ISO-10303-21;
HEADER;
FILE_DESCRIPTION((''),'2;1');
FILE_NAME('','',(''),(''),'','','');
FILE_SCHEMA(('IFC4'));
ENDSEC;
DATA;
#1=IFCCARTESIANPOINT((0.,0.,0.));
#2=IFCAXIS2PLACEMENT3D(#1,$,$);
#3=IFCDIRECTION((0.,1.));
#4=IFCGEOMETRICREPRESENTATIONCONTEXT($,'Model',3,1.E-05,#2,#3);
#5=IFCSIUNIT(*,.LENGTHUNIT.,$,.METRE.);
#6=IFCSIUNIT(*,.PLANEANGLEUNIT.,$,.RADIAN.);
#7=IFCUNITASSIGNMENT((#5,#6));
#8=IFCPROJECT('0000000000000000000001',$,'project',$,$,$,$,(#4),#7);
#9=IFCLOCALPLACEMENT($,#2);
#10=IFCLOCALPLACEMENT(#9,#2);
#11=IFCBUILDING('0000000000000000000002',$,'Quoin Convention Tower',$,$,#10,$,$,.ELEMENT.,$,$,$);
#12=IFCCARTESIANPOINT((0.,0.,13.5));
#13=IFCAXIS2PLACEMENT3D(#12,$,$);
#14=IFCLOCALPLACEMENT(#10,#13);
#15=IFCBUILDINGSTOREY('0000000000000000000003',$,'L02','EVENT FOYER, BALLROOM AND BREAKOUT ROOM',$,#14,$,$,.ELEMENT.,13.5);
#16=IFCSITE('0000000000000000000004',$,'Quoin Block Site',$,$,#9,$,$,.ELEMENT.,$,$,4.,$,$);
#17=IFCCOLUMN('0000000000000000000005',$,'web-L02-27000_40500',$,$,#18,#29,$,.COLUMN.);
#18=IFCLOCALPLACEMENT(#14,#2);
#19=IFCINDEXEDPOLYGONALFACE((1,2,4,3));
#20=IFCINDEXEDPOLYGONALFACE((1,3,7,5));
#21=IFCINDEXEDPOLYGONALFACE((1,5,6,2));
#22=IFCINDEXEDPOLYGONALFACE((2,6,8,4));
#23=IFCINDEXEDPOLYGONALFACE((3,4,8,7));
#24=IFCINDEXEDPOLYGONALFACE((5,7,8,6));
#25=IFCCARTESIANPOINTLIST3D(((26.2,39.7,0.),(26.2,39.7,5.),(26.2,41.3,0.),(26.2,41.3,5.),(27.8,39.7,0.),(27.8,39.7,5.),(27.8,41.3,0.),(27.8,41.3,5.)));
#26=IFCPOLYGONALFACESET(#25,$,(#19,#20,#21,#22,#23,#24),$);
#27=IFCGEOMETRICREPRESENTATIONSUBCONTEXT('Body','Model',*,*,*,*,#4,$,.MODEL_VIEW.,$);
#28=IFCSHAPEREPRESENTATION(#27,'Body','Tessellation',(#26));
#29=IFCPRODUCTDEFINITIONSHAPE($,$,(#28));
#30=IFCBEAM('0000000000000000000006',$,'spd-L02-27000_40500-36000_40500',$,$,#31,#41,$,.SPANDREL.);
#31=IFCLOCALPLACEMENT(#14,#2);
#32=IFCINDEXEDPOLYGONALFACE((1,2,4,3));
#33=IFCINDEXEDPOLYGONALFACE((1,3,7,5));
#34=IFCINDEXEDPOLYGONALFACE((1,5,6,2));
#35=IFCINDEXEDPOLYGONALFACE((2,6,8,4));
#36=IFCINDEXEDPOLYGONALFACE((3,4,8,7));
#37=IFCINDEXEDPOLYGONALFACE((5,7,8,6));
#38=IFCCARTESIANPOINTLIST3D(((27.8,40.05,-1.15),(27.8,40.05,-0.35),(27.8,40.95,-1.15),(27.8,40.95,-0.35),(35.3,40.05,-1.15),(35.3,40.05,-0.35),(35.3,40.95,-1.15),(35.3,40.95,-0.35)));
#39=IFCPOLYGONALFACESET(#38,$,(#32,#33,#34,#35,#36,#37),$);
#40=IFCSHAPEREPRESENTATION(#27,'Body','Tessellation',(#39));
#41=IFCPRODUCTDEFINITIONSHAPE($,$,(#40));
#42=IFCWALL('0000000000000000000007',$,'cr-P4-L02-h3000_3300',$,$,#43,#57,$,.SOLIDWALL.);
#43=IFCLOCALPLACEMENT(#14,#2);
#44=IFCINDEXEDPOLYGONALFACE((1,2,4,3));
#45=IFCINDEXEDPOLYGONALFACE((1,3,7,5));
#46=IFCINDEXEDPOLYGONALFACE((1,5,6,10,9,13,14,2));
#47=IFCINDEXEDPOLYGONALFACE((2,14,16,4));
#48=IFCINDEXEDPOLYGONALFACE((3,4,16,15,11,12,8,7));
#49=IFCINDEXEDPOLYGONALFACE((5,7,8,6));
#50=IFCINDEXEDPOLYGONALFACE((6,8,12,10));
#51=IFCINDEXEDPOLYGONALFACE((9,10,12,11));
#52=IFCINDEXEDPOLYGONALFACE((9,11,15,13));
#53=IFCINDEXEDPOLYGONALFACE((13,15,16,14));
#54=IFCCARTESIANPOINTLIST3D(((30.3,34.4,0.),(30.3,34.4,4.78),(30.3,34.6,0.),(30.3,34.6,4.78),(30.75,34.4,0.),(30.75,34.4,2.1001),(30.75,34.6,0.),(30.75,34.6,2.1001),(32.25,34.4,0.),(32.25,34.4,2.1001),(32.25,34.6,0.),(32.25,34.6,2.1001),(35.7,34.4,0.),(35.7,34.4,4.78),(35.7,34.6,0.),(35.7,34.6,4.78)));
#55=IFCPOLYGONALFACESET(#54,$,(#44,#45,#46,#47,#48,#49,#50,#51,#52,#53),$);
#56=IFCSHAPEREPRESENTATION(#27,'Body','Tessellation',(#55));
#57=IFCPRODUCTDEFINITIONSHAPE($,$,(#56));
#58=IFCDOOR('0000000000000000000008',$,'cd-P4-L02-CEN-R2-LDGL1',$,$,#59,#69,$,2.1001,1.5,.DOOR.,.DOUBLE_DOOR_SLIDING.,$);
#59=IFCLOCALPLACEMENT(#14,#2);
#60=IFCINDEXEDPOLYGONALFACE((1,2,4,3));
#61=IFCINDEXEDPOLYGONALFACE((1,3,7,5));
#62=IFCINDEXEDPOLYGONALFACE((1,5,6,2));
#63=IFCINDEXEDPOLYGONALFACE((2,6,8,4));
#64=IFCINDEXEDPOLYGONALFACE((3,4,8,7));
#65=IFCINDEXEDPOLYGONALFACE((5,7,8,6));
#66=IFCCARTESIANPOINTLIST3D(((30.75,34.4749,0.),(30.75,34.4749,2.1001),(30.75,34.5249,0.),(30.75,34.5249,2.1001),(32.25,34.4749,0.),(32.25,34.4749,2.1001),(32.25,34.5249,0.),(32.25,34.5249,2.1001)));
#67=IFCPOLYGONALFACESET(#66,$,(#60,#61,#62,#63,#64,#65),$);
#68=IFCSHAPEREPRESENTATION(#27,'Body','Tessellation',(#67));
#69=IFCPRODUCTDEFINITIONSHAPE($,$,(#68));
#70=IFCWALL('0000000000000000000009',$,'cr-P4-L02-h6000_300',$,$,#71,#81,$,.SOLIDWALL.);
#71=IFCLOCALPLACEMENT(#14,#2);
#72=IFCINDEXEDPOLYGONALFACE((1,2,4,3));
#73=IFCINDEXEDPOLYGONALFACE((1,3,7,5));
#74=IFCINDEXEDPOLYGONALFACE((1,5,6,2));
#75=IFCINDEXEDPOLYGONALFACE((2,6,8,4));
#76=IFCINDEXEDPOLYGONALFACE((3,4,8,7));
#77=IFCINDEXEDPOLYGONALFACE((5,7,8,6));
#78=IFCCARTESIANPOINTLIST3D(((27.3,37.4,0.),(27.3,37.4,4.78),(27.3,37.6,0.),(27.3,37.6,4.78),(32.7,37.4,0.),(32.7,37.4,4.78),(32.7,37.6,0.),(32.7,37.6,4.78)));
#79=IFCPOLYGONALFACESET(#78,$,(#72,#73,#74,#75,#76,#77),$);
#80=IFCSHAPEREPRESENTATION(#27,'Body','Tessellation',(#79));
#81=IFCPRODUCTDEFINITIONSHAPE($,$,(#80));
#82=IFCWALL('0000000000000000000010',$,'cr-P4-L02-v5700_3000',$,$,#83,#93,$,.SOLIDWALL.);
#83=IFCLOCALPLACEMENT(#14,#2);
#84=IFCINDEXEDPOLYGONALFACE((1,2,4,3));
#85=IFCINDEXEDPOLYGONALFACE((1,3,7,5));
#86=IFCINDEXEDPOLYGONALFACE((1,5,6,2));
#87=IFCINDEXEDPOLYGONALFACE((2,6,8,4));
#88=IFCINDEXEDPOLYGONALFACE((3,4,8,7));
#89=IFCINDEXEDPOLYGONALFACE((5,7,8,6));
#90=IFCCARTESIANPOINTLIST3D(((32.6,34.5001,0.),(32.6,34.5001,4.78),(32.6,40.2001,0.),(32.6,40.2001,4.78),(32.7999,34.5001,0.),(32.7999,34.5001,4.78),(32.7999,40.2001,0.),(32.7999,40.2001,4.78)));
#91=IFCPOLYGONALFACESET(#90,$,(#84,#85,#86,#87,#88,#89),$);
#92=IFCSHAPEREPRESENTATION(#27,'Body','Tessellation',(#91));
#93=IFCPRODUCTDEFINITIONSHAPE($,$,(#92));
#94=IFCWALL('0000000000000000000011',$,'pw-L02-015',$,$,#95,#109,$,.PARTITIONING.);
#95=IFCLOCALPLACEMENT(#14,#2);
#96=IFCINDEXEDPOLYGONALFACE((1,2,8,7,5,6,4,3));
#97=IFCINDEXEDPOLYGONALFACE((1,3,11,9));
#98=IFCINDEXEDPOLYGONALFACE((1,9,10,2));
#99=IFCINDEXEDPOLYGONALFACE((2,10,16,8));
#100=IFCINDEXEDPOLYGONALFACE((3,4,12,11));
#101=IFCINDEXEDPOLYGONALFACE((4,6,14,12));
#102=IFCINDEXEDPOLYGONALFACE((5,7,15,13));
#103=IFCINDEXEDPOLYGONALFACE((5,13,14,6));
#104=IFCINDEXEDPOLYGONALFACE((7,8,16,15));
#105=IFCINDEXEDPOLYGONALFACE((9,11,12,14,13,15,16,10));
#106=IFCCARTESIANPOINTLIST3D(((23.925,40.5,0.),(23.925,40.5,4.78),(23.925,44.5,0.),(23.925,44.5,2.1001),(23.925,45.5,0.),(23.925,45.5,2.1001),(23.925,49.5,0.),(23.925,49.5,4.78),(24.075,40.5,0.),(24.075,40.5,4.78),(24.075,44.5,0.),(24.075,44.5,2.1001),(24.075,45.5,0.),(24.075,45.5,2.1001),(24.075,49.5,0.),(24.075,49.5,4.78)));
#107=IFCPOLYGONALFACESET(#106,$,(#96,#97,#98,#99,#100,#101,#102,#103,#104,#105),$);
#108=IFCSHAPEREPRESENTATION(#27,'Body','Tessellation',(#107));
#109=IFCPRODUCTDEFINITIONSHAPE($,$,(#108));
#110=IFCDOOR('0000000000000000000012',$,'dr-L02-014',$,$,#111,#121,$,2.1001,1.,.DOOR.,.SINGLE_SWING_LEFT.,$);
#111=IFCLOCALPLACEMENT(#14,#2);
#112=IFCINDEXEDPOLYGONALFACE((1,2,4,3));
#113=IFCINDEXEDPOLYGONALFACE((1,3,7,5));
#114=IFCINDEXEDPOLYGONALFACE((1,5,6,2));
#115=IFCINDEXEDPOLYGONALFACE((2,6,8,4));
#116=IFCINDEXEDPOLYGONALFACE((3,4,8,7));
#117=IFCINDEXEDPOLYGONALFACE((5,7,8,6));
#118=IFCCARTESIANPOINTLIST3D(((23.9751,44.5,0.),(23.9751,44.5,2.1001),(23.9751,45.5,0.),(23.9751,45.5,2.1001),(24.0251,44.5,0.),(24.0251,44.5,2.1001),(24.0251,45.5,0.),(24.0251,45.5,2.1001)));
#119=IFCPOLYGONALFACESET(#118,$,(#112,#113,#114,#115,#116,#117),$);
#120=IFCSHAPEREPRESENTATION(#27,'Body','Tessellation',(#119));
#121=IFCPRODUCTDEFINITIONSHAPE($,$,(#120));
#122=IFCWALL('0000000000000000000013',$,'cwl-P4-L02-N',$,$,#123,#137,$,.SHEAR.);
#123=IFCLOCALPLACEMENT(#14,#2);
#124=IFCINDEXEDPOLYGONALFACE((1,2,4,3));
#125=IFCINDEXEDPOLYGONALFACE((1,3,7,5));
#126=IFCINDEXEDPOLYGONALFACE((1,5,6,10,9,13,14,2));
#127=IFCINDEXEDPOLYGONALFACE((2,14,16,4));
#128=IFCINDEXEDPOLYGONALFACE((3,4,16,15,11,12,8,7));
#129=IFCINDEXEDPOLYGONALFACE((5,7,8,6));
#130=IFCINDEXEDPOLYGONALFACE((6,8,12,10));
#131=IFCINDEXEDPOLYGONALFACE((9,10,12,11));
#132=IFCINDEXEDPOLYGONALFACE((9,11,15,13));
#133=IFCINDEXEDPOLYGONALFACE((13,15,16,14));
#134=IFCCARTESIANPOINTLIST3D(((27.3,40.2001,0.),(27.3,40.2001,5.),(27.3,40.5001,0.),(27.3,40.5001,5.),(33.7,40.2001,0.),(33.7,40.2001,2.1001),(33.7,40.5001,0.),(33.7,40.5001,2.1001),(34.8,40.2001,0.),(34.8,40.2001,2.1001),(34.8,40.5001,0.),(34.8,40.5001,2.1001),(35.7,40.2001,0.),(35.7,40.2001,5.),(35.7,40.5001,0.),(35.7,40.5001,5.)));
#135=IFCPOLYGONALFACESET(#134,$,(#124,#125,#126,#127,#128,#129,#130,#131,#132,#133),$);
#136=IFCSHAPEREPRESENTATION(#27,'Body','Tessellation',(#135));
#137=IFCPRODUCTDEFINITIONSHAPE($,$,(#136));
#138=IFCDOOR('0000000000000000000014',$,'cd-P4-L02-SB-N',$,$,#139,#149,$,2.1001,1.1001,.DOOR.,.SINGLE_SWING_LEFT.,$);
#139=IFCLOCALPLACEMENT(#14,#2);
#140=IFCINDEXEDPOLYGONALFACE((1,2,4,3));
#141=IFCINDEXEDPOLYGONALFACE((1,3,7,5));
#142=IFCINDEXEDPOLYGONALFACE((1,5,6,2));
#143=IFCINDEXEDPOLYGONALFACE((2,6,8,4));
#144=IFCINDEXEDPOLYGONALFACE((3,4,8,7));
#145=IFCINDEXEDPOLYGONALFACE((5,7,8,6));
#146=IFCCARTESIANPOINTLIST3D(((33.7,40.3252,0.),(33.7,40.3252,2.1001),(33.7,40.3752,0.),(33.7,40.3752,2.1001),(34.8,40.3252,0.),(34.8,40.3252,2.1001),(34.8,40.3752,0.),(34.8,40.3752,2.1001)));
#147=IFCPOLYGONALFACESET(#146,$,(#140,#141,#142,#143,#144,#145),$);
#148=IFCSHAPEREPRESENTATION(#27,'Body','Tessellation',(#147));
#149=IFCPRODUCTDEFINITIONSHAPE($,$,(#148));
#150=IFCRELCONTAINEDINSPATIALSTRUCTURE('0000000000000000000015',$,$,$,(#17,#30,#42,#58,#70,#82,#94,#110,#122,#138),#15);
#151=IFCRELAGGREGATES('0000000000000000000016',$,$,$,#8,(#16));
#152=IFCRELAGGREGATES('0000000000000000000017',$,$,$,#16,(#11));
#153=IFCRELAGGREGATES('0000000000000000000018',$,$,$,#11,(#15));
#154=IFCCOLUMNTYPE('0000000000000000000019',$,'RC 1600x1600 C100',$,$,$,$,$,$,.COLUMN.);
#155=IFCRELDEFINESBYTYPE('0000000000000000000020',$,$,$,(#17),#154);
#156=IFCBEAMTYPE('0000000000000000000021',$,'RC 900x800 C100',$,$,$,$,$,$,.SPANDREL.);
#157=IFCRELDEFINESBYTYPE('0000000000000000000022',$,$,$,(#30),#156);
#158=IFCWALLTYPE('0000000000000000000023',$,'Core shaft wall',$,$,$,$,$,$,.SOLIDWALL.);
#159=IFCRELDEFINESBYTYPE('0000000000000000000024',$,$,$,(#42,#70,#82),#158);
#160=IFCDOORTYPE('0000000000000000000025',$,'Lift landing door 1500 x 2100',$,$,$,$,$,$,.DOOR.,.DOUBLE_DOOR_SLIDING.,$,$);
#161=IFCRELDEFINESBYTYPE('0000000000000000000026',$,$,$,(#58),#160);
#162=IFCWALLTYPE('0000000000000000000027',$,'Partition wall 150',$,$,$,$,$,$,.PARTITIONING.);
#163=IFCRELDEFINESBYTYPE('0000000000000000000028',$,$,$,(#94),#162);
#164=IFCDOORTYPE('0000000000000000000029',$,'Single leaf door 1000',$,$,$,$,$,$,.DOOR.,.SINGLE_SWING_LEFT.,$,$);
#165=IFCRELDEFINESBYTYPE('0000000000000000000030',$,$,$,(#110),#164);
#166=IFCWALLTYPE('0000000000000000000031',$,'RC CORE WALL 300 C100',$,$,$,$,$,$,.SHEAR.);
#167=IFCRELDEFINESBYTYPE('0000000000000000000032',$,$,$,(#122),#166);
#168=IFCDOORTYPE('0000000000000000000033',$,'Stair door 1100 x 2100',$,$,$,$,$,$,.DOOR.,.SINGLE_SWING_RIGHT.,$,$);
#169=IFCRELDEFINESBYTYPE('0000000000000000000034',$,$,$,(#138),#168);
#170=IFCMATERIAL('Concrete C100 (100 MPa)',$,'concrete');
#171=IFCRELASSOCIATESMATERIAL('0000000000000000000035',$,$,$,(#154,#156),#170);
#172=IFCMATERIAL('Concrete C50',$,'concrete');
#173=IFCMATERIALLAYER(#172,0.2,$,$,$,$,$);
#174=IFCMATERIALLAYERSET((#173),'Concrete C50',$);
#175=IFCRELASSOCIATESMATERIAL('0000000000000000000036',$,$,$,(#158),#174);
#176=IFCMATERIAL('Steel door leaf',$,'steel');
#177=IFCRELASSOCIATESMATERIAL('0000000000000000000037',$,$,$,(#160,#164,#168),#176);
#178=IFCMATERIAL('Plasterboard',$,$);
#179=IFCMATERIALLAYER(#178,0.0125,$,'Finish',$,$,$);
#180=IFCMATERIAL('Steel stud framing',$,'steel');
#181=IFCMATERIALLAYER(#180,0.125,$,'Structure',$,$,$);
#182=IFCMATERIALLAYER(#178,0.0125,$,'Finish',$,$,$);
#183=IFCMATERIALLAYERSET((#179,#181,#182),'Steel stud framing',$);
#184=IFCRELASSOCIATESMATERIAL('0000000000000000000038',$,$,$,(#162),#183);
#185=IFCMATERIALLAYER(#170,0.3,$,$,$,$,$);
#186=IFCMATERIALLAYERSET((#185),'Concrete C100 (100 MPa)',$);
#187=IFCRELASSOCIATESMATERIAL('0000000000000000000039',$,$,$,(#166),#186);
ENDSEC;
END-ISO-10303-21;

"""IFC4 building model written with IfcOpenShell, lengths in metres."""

from ifc_helpers import new_model, si_unit, direction, frame, frame_2d, origin, origin_2d, place, context, subcontext, project, spatial, rectangle, extrude, material, layer, layer_set, material_profile, profile_set, type_object, element, fill, save


model = new_model("IFC4")

# Units and contexts
model_context = context("Model", 3, precision=1e-05, world=origin(), true_north=direction((0.0, 1.0)))
body_context = subcontext(model_context, "Body", "Model", "MODEL_VIEW")
ifc_project = project(units=[si_unit("LENGTHUNIT", "METRE"), si_unit("PLANEANGLEUNIT", "RADIAN")], contexts=[model_context])

# Site, building, storey
site_placement = place(None, origin())
site = spatial("IfcSite", under=ifc_project, at=site_placement, Name="Quoin Block Site", CompositionType="ELEMENT", RefElevation=4.0)
building_placement = place(site_placement, origin())
building = spatial("IfcBuilding", under=site, at=building_placement, Name="Quoin Convention Tower", CompositionType="ELEMENT")
storey_placement = place(building_placement, frame((0.0, 0.0, 13.5)))
storey = spatial("IfcBuildingStorey", under=building, at=storey_placement, Name="L02", Description="EVENT FOYER, BALLROOM AND BREAKOUT ROOM", CompositionType="ELEMENT", Elevation=13.5)

# Column
ifc_material_1 = material(Name="Concrete C100 (100 MPa)", Category="concrete")
ifc_material_profile_1 = material_profile(ifc_material_1, rectangle(XDim=1.6001, YDim=1.6001, at=origin_2d()), Name="RC 1600x1600")
ifc_profile_set_1 = profile_set([ifc_material_profile_1], Name="Concrete C100 (100 MPa)")
column_type = type_object("IfcColumnType", Name="RC 1600x1600 C100", PredefinedType="COLUMN", material=ifc_profile_set_1)
column_placement = place(storey_placement, frame((27.0, 40.5, 0.0), z_axis=(0.0, 0.0, 1.0), x_axis=(1.0, 0.0, 0.0)))
element("IfcColumn", 1, at=column_placement, inside=storey, type_object=column_type, Name="web-L02-27000_40500", PredefinedType="COLUMN", context=body_context, shape_type="SweptSolid", body=[
    extrude(rectangle(XDim=1.6001, YDim=1.6001, at=origin_2d()), origin(), (0.0, 0.0, 1.0), 5.0),
])

# Beam
ifc_material_profile_2 = material_profile(ifc_material_1, rectangle(XDim=0.8999, YDim=0.8, at=origin_2d()), Name="RC 900x800")
ifc_profile_set_2 = profile_set([ifc_material_profile_2], Name="Concrete C100 (100 MPa)")
beam_type = type_object("IfcBeamType", Name="RC 900x800 C100", PredefinedType="SPANDREL", material=ifc_profile_set_2)
beam_placement = place(storey_placement, frame((27.8, 40.5, -0.75), z_axis=(1.0, 0.0, 0.0), x_axis=(0.0, 1.0, 0.0)))
element("IfcBeam", 2, at=beam_placement, inside=storey, type_object=beam_type, Name="spd-L02-27000_40500-36000_40500", PredefinedType="SPANDREL", context=body_context, shape_type="SweptSolid", body=[
    extrude(rectangle(XDim=0.8999, YDim=0.8, at=origin_2d()), origin(), (0.0, 0.0, 1.0), 7.5),
])

# Wall, opening, door
ifc_material_2 = material(Name="Concrete C50", Category="concrete")
ifc_layer_1 = layer(ifc_material_2, 0.2)
ifc_layer_set_1 = layer_set([ifc_layer_1], Name="Concrete C50")
wall_type_1 = type_object("IfcWallType", Name="Core shaft wall", PredefinedType="SOLIDWALL", material=ifc_layer_set_1)
wall_1_placement = place(storey_placement, frame((30.3, 34.5, 0.0), z_axis=(0.0, 0.0, 1.0), x_axis=(1.0, 0.0, 0.0)))
wall_1 = element("IfcWall", 3, at=wall_1_placement, inside=storey, type_object=wall_type_1, Name="cr-P4-L02-h3000_3300", PredefinedType="SOLIDWALL", context=body_context, shape_type="SweptSolid", body=[
    extrude(rectangle(XDim=5.3999, YDim=0.2, at=frame_2d((2.7, 0.0))), origin(), (0.0, 0.0, 1.0), 4.78),
])
opening_1_placement = place(wall_1_placement, frame((0.45, 0.0, 0.0)))
opening_1 = element("IfcOpeningElement", 4, at=opening_1_placement, cuts=wall_1, PredefinedType="OPENING", context=body_context, shape_type="SweptSolid", body=[
    extrude(rectangle(XDim=1.5, YDim=2.1001, at=frame_2d((0.75, 1.05))), frame((0.0, 0.1099, 0.0), z_axis=(0.0, -1.0, 0.0), x_axis=(1.0, 0.0, 0.0)), (0.0, 0.0, 1.0), 0.22),
])
ifc_material_3 = material(Name="Steel door leaf", Category="steel")
door_type_1 = type_object("IfcDoorType", Name="Lift landing door 1500 x 2100", OperationType="DOUBLE_DOOR_SLIDING", PredefinedType="DOOR", material=ifc_material_3)
door_1_placement = place(opening_1_placement, origin())
door_1 = element("IfcDoor", 5, at=door_1_placement, inside=storey, type_object=door_type_1, Name="cd-P4-L02-CEN-R2-LDGL1", OperationType="DOUBLE_DOOR_SLIDING", OverallHeight=2.1001, OverallWidth=1.5, PredefinedType="DOOR", context=body_context, shape_type="SweptSolid", body=[
    extrude(rectangle(XDim=1.5, YDim=2.1001, at=frame_2d((0.75, 1.05))), frame((0.0, 0.0249, 0.0), z_axis=(0.0, -1.0, 0.0), x_axis=(1.0, 0.0, 0.0)), (0.0, 0.0, 1.0), 0.05),
])
fill(opening_1, door_1)

# Walls
wall_2_placement = place(storey_placement, frame((27.3, 37.5, 0.0), z_axis=(0.0, 0.0, 1.0), x_axis=(1.0, 0.0, 0.0)))
element("IfcWall", 6, at=wall_2_placement, inside=storey, type_object=wall_type_1, Name="cr-P4-L02-h6000_300", PredefinedType="SOLIDWALL", context=body_context, shape_type="SweptSolid", body=[
    extrude(rectangle(XDim=5.3999, YDim=0.2, at=frame_2d((2.7, 0.0))), origin(), (0.0, 0.0, 1.0), 4.78),
])
wall_3_placement = place(storey_placement, frame((32.7, 34.5, 0.0), z_axis=(0.0, 0.0, 1.0), x_axis=(0.0, 1.0, 0.0)))
element("IfcWall", 7, at=wall_3_placement, inside=storey, type_object=wall_type_1, Name="cr-P4-L02-v5700_3000", PredefinedType="SOLIDWALL", context=body_context, shape_type="SweptSolid", body=[
    extrude(rectangle(XDim=5.7, YDim=0.2, at=frame_2d((2.8501, 0.0))), origin(), (0.0, 0.0, 1.0), 4.78),
])

# Walls, openings, doors
ifc_material_4 = material(Name="Plasterboard")
ifc_layer_2 = layer(ifc_material_4, 0.0125, Name="Finish")
ifc_material_5 = material(Name="Steel stud framing", Category="steel")
ifc_layer_3 = layer(ifc_material_5, 0.125, Name="Structure")
ifc_layer_4 = layer(ifc_material_4, 0.0125, Name="Finish")
ifc_layer_set_2 = layer_set([ifc_layer_2, ifc_layer_3, ifc_layer_4], Name="Steel stud framing")
wall_type_2 = type_object("IfcWallType", Name="Partition wall 150", PredefinedType="PARTITIONING", material=ifc_layer_set_2)
wall_4_placement = place(storey_placement, frame((24.0, 40.5, 0.0), z_axis=(0.0, 0.0, 1.0), x_axis=(0.0, 1.0, 0.0)))
wall_4 = element("IfcWall", 8, at=wall_4_placement, inside=storey, type_object=wall_type_2, Name="pw-L02-015", PredefinedType="PARTITIONING", context=body_context, shape_type="SweptSolid", body=[
    extrude(rectangle(XDim=9.0, YDim=0.1499, at=frame_2d((4.5, 0.0))), origin(), (0.0, 0.0, 1.0), 4.78),
])
opening_2_placement = place(wall_4_placement, frame((4.0, 0.0, 0.0)))
opening_2 = element("IfcOpeningElement", 9, at=opening_2_placement, cuts=wall_4, PredefinedType="OPENING", context=body_context, shape_type="SweptSolid", body=[
    extrude(rectangle(XDim=1.0, YDim=2.1001, at=frame_2d((0.5, 1.05))), frame((0.0, 0.085, 0.0), z_axis=(0.0, -1.0, 0.0), x_axis=(1.0, 0.0, 0.0)), (0.0, 0.0, 1.0), 0.1699),
])
door_type_2 = type_object("IfcDoorType", Name="Single leaf door 1000", OperationType="SINGLE_SWING_LEFT", PredefinedType="DOOR", material=ifc_material_3)
door_2_placement = place(opening_2_placement, origin())
door_2 = element("IfcDoor", 10, at=door_2_placement, inside=storey, type_object=door_type_2, Name="dr-L02-014", OperationType="SINGLE_SWING_LEFT", OverallHeight=2.1001, OverallWidth=1.0, PredefinedType="DOOR", context=body_context, shape_type="SweptSolid", body=[
    extrude(rectangle(XDim=1.0, YDim=2.1001, at=frame_2d((0.5, 1.05))), frame((0.0, 0.0249, 0.0), z_axis=(0.0, -1.0, 0.0), x_axis=(1.0, 0.0, 0.0)), (0.0, 0.0, 1.0), 0.05),
])
fill(opening_2, door_2)
ifc_layer_5 = layer(ifc_material_1, 0.3)
ifc_layer_set_3 = layer_set([ifc_layer_5], Name="Concrete C100 (100 MPa)")
wall_type_3 = type_object("IfcWallType", Name="RC CORE WALL 300 C100", PredefinedType="SHEAR", material=ifc_layer_set_3)
wall_5_placement = place(storey_placement, frame((27.3, 40.3501, 0.0), z_axis=(0.0, 0.0, 1.0), x_axis=(1.0, 0.0, 0.0)))
wall_5 = element("IfcWall", 11, at=wall_5_placement, inside=storey, type_object=wall_type_3, Name="cwl-P4-L02-N", PredefinedType="SHEAR", context=body_context, shape_type="SweptSolid", body=[
    extrude(rectangle(XDim=8.3999, YDim=0.3, at=frame_2d((4.2, 0.0))), origin(), (0.0, 0.0, 1.0), 5.0),
])
opening_3_placement = place(wall_5_placement, frame((6.3999, 0.0, 0.0)))
opening_3 = element("IfcOpeningElement", 12, at=opening_3_placement, cuts=wall_5, PredefinedType="OPENING", context=body_context, shape_type="SweptSolid", body=[
    extrude(rectangle(XDim=1.1001, YDim=2.1001, at=frame_2d((0.55, 1.05))), frame((0.0, 0.1599, 0.0), z_axis=(0.0, -1.0, 0.0), x_axis=(1.0, 0.0, 0.0)), (0.0, 0.0, 1.0), 0.3201),
])
door_type_3 = type_object("IfcDoorType", Name="Stair door 1100 x 2100", OperationType="SINGLE_SWING_RIGHT", PredefinedType="DOOR", material=ifc_material_3)
door_3_placement = place(opening_3_placement, frame((1.1001, 0.0, 0.0), z_axis=(0.0, 0.0, 1.0), x_axis=(-1.0, 0.0, 0.0)))
door_3 = element("IfcDoor", 13, at=door_3_placement, inside=storey, type_object=door_type_3, Name="cd-P4-L02-SB-N", OperationType="SINGLE_SWING_LEFT", OverallHeight=2.1001, OverallWidth=1.1001, PredefinedType="DOOR", context=body_context, shape_type="SweptSolid", body=[
    extrude(rectangle(XDim=1.1001, YDim=2.1001, at=frame_2d((0.55, 1.05))), frame((0.0, 0.0249, 0.0), z_axis=(0.0, -1.0, 0.0), x_axis=(1.0, 0.0, 0.0)), (0.0, 0.0, 1.0), 0.05),
])
fill(opening_3, door_3)

save(model, "model.ifc")
